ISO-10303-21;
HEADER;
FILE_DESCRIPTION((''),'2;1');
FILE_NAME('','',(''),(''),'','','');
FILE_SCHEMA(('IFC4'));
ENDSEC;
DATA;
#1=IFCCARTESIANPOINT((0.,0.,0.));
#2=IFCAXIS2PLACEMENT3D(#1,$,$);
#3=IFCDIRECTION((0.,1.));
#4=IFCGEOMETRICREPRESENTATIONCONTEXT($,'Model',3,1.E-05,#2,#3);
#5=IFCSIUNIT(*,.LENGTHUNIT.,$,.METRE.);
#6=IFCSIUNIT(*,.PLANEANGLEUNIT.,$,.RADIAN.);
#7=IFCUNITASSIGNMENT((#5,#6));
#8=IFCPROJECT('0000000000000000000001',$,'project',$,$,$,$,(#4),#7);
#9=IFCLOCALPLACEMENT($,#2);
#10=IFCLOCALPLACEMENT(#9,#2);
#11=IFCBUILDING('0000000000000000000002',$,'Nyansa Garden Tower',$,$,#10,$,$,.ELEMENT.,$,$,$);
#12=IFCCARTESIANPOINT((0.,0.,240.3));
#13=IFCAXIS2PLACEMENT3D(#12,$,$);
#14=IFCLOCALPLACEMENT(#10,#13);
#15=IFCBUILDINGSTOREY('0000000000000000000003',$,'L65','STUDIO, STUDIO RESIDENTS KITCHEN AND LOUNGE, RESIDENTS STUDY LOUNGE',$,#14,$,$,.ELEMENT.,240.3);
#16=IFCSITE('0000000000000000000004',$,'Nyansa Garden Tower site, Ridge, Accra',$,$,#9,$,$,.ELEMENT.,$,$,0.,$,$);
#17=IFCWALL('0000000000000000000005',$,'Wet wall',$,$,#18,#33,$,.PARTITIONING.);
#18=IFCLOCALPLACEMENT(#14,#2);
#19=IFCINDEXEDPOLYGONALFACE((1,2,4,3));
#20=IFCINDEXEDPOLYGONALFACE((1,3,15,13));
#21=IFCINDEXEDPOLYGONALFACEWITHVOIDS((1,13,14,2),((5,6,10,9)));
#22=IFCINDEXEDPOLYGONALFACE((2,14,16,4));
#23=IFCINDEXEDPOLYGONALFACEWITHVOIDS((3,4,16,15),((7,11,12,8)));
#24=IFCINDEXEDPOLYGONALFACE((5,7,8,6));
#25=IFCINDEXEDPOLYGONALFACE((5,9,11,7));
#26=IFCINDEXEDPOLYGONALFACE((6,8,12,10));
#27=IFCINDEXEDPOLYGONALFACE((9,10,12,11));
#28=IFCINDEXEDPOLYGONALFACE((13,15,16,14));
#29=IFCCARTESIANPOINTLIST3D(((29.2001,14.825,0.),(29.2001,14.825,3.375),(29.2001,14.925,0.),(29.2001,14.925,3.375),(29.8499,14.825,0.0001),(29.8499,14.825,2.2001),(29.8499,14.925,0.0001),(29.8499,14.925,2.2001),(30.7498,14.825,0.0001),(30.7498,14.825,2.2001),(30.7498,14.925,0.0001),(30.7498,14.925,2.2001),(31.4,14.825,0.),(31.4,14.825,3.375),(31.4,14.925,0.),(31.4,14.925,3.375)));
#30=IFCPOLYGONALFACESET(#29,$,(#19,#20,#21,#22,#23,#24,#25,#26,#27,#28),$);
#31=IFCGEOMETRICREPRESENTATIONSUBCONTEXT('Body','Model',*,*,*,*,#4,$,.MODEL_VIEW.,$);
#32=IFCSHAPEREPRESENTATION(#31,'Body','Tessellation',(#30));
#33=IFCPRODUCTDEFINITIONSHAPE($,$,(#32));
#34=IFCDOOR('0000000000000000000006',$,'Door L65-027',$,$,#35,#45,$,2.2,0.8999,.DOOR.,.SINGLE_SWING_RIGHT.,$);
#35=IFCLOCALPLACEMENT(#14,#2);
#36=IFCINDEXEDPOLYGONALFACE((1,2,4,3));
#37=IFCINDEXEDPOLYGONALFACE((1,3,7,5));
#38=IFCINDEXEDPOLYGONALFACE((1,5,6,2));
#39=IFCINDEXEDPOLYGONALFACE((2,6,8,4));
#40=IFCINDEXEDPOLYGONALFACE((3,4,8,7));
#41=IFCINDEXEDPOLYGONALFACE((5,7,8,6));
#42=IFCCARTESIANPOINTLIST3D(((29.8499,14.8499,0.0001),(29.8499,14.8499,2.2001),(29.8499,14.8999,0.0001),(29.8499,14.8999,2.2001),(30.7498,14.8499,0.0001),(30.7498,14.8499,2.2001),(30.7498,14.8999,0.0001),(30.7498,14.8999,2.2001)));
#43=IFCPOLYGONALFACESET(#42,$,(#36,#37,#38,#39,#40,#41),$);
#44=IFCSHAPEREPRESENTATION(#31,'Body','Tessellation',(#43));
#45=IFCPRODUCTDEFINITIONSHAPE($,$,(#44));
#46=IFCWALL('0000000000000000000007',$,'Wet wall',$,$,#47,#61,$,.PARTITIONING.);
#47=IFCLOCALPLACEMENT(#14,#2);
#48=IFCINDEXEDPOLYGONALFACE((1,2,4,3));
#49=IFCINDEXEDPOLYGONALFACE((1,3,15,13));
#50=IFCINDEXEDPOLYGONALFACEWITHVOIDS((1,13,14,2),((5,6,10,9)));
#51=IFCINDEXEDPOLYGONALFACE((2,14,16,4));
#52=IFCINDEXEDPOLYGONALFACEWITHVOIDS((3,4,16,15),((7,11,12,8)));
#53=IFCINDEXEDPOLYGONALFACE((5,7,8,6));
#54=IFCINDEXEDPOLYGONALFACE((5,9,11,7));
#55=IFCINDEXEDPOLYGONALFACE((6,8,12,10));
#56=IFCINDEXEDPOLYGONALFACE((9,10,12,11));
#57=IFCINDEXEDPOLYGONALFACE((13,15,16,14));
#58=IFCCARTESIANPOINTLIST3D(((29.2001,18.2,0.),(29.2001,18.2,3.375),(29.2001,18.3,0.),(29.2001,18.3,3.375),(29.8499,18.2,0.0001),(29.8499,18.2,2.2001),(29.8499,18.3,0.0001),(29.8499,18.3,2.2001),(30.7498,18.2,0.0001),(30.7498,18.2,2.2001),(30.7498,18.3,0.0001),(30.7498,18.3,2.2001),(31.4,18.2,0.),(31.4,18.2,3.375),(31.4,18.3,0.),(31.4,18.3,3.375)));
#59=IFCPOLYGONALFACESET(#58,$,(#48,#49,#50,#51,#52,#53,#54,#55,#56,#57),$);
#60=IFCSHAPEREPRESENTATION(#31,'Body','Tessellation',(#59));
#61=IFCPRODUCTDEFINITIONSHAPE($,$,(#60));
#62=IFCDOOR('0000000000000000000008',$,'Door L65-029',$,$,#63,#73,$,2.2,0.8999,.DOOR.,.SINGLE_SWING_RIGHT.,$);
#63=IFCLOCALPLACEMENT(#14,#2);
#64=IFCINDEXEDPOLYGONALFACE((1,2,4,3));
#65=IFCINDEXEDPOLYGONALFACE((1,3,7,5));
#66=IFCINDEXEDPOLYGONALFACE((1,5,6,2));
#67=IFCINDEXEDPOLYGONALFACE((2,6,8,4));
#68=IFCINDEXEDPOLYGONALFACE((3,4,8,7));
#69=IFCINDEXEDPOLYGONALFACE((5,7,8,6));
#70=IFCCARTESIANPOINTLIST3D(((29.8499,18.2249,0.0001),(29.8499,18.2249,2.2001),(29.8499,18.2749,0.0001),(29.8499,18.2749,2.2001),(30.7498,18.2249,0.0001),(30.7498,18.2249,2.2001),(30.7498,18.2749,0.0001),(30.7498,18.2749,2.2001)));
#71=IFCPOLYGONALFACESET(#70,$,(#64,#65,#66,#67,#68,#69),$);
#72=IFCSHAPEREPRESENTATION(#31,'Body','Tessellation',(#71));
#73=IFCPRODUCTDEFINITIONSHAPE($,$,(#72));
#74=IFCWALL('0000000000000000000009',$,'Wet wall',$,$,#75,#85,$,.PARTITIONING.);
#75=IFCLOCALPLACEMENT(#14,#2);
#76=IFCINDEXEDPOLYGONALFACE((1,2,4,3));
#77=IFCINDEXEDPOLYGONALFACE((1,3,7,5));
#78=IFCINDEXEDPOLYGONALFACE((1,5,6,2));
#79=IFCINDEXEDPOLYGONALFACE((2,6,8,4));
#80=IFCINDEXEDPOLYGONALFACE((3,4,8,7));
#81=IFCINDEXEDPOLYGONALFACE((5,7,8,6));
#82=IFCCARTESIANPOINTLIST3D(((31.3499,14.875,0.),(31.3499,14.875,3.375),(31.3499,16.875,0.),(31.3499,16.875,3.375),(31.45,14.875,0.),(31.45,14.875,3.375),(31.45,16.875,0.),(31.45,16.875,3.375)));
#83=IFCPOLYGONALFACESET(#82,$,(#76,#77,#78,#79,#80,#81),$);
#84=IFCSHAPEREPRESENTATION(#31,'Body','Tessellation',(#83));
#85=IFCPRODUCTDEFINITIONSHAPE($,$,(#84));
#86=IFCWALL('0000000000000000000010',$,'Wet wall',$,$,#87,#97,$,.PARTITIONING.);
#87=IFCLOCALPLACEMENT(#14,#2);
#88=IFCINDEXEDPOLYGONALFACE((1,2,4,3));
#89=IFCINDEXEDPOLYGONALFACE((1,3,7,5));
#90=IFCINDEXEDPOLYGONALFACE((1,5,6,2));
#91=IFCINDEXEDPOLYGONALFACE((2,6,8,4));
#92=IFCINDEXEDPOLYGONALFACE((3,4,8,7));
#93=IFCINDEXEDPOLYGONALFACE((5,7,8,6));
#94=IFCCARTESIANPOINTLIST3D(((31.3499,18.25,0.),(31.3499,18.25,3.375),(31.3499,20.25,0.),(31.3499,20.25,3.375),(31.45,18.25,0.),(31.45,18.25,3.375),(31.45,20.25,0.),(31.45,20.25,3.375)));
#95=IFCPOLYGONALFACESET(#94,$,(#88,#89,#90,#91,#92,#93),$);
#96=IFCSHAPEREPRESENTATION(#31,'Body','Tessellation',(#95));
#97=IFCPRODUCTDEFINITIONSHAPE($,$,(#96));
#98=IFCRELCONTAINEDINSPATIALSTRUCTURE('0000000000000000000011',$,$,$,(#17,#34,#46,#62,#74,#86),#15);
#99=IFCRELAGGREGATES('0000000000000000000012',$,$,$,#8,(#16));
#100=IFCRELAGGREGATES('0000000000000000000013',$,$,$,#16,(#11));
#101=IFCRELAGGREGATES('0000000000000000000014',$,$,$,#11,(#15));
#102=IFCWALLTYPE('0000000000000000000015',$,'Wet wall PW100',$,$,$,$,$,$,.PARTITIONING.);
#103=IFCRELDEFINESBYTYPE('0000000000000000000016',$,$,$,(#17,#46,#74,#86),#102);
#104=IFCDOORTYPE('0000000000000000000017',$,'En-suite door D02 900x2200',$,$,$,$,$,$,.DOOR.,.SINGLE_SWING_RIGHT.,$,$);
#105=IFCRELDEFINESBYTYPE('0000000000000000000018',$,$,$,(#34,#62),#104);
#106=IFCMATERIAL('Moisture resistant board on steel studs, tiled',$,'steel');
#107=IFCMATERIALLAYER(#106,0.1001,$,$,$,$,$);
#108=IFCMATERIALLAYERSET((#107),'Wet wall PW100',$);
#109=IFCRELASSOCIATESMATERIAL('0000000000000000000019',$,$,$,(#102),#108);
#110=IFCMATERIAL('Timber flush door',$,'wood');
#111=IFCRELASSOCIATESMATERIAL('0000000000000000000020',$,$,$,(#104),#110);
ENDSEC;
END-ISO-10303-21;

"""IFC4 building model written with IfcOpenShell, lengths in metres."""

from ifc_helpers import new_model, si_unit, direction, frame, frame_2d, origin, place, context, subcontext, project, spatial, rectangle, extrude, material, layer, layer_set, type_object, element, fill, save


model = new_model("IFC4")

# Units and contexts
model_context = context("Model", 3, precision=1e-05, world=origin(), true_north=direction((0.0, 1.0)))
body_context = subcontext(model_context, "Body", "Model", "MODEL_VIEW")
ifc_project = project(units=[si_unit("LENGTHUNIT", "METRE"), si_unit("PLANEANGLEUNIT", "RADIAN")], contexts=[model_context])

# Site, building, storey
site_placement = place(None, origin())
site = spatial("IfcSite", under=ifc_project, at=site_placement, Name="Nyansa Garden Tower site, Ridge, Accra", CompositionType="ELEMENT", RefElevation=0.0)
building_placement = place(site_placement, origin())
building = spatial("IfcBuilding", under=site, at=building_placement, Name="Nyansa Garden Tower", CompositionType="ELEMENT")
storey_placement = place(building_placement, frame((0.0, 0.0, 240.3)))
storey = spatial("IfcBuildingStorey", under=building, at=storey_placement, Name="L65", Description="STUDIO, STUDIO RESIDENTS KITCHEN AND LOUNGE, RESIDENTS STUDY LOUNGE", CompositionType="ELEMENT", Elevation=240.3)

# Walls, openings, doors
ifc_material_1 = material(Name="Moisture resistant board on steel studs, tiled", Category="steel")
ifc_layer_1 = layer(ifc_material_1, 0.1001)
ifc_layer_set_1 = layer_set([ifc_layer_1], Name="Wet wall PW100")
wall_type_1 = type_object("IfcWallType", Name="Wet wall PW100", PredefinedType="PARTITIONING", material=ifc_layer_set_1)
wall_1_placement = place(storey_placement, frame((29.2, 14.875, 0.0), z_axis=(0.0, 0.0, 1.0), x_axis=(1.0, 0.0, 0.0)))
wall_1 = element("IfcWall", 1, at=wall_1_placement, inside=storey, type_object=wall_type_1, Name="Wet wall", PredefinedType="PARTITIONING", context=body_context, shape_type="SweptSolid", body=[
    extrude(rectangle(XDim=2.2, YDim=0.1001, at=frame_2d((1.1001, 0.0))), origin(), (0.0, 0.0, 1.0), 3.375),
])
opening_1_placement = place(wall_1_placement, frame((0.6499, 0.0, 0.0)))
opening_1 = element("IfcOpeningElement", 2, at=opening_1_placement, cuts=wall_1, PredefinedType="OPENING", context=body_context, shape_type="SweptSolid", body=[
    extrude(rectangle(XDim=0.8999, YDim=2.2, at=frame_2d((0.45, 1.1001))), frame((0.0, 0.0601, 0.0), z_axis=(0.0, -1.0, 0.0), x_axis=(1.0, 0.0, 0.0)), (0.0, 0.0, 1.0), 0.1201),
])
ifc_material_2 = material(Name="Timber flush door", Category="wood")
door_type_1 = type_object("IfcDoorType", Name="En-suite door D02 900x2200", OperationType="SINGLE_SWING_RIGHT", PredefinedType="DOOR", material=ifc_material_2)
door_1_placement = place(opening_1_placement, origin())
door_1 = element("IfcDoor", 3, at=door_1_placement, inside=storey, type_object=door_type_1, Name="Door L65-027", OperationType="SINGLE_SWING_RIGHT", OverallHeight=2.2, OverallWidth=0.8999, PredefinedType="DOOR", context=body_context, shape_type="SweptSolid", body=[
    extrude(rectangle(XDim=0.8999, YDim=2.2, at=frame_2d((0.45, 1.1001))), frame((0.0, 0.0249, 0.0), z_axis=(0.0, -1.0, 0.0), x_axis=(1.0, 0.0, 0.0)), (0.0, 0.0, 1.0), 0.05),
])
fill(opening_1, door_1)
wall_2_placement = place(storey_placement, frame((29.2, 18.25, 0.0), z_axis=(0.0, 0.0, 1.0), x_axis=(1.0, 0.0, 0.0)))
wall_2 = element("IfcWall", 4, at=wall_2_placement, inside=storey, type_object=wall_type_1, Name="Wet wall", PredefinedType="PARTITIONING", context=body_context, shape_type="SweptSolid", body=[
    extrude(rectangle(XDim=2.2, YDim=0.1001, at=frame_2d((1.1001, 0.0))), origin(), (0.0, 0.0, 1.0), 3.375),
])
opening_2_placement = place(wall_2_placement, frame((0.6499, 0.0, 0.0)))
opening_2 = element("IfcOpeningElement", 5, at=opening_2_placement, cuts=wall_2, PredefinedType="OPENING", context=body_context, shape_type="SweptSolid", body=[
    extrude(rectangle(XDim=0.8999, YDim=2.2, at=frame_2d((0.45, 1.1001))), frame((0.0, 0.0601, 0.0), z_axis=(0.0, -1.0, 0.0), x_axis=(1.0, 0.0, 0.0)), (0.0, 0.0, 1.0), 0.1201),
])
door_2_placement = place(opening_2_placement, origin())
door_2 = element("IfcDoor", 6, at=door_2_placement, inside=storey, type_object=door_type_1, Name="Door L65-029", OperationType="SINGLE_SWING_RIGHT", OverallHeight=2.2, OverallWidth=0.8999, PredefinedType="DOOR", context=body_context, shape_type="SweptSolid", body=[
    extrude(rectangle(XDim=0.8999, YDim=2.2, at=frame_2d((0.45, 1.1001))), frame((0.0, 0.0249, 0.0), z_axis=(0.0, -1.0, 0.0), x_axis=(1.0, 0.0, 0.0)), (0.0, 0.0, 1.0), 0.05),
])
fill(opening_2, door_2)

# Walls
for number, where, z_axis, x_axis, name in (
    (7, (31.3999, 14.875, 0.0), (0.0, 0.0, 1.0), (0.0, 1.0, 0.0), "Wet wall"),
    (8, (31.3999, 18.25, 0.0), (0.0, 0.0, 1.0), (0.0, 1.0, 0.0), "Wet wall"),
):
    element("IfcWall", number, at=place(storey_placement, frame(where, z_axis=z_axis, x_axis=x_axis)), inside=storey, type_object=wall_type_1, Name=name, PredefinedType="PARTITIONING", context=body_context, shape_type="SweptSolid", body=[
        extrude(rectangle(XDim=2.0, YDim=0.1001, at=frame_2d((1.0, 0.0))), origin(), (0.0, 0.0, 1.0), 3.375),
    ])

save(model, "model.ifc")
